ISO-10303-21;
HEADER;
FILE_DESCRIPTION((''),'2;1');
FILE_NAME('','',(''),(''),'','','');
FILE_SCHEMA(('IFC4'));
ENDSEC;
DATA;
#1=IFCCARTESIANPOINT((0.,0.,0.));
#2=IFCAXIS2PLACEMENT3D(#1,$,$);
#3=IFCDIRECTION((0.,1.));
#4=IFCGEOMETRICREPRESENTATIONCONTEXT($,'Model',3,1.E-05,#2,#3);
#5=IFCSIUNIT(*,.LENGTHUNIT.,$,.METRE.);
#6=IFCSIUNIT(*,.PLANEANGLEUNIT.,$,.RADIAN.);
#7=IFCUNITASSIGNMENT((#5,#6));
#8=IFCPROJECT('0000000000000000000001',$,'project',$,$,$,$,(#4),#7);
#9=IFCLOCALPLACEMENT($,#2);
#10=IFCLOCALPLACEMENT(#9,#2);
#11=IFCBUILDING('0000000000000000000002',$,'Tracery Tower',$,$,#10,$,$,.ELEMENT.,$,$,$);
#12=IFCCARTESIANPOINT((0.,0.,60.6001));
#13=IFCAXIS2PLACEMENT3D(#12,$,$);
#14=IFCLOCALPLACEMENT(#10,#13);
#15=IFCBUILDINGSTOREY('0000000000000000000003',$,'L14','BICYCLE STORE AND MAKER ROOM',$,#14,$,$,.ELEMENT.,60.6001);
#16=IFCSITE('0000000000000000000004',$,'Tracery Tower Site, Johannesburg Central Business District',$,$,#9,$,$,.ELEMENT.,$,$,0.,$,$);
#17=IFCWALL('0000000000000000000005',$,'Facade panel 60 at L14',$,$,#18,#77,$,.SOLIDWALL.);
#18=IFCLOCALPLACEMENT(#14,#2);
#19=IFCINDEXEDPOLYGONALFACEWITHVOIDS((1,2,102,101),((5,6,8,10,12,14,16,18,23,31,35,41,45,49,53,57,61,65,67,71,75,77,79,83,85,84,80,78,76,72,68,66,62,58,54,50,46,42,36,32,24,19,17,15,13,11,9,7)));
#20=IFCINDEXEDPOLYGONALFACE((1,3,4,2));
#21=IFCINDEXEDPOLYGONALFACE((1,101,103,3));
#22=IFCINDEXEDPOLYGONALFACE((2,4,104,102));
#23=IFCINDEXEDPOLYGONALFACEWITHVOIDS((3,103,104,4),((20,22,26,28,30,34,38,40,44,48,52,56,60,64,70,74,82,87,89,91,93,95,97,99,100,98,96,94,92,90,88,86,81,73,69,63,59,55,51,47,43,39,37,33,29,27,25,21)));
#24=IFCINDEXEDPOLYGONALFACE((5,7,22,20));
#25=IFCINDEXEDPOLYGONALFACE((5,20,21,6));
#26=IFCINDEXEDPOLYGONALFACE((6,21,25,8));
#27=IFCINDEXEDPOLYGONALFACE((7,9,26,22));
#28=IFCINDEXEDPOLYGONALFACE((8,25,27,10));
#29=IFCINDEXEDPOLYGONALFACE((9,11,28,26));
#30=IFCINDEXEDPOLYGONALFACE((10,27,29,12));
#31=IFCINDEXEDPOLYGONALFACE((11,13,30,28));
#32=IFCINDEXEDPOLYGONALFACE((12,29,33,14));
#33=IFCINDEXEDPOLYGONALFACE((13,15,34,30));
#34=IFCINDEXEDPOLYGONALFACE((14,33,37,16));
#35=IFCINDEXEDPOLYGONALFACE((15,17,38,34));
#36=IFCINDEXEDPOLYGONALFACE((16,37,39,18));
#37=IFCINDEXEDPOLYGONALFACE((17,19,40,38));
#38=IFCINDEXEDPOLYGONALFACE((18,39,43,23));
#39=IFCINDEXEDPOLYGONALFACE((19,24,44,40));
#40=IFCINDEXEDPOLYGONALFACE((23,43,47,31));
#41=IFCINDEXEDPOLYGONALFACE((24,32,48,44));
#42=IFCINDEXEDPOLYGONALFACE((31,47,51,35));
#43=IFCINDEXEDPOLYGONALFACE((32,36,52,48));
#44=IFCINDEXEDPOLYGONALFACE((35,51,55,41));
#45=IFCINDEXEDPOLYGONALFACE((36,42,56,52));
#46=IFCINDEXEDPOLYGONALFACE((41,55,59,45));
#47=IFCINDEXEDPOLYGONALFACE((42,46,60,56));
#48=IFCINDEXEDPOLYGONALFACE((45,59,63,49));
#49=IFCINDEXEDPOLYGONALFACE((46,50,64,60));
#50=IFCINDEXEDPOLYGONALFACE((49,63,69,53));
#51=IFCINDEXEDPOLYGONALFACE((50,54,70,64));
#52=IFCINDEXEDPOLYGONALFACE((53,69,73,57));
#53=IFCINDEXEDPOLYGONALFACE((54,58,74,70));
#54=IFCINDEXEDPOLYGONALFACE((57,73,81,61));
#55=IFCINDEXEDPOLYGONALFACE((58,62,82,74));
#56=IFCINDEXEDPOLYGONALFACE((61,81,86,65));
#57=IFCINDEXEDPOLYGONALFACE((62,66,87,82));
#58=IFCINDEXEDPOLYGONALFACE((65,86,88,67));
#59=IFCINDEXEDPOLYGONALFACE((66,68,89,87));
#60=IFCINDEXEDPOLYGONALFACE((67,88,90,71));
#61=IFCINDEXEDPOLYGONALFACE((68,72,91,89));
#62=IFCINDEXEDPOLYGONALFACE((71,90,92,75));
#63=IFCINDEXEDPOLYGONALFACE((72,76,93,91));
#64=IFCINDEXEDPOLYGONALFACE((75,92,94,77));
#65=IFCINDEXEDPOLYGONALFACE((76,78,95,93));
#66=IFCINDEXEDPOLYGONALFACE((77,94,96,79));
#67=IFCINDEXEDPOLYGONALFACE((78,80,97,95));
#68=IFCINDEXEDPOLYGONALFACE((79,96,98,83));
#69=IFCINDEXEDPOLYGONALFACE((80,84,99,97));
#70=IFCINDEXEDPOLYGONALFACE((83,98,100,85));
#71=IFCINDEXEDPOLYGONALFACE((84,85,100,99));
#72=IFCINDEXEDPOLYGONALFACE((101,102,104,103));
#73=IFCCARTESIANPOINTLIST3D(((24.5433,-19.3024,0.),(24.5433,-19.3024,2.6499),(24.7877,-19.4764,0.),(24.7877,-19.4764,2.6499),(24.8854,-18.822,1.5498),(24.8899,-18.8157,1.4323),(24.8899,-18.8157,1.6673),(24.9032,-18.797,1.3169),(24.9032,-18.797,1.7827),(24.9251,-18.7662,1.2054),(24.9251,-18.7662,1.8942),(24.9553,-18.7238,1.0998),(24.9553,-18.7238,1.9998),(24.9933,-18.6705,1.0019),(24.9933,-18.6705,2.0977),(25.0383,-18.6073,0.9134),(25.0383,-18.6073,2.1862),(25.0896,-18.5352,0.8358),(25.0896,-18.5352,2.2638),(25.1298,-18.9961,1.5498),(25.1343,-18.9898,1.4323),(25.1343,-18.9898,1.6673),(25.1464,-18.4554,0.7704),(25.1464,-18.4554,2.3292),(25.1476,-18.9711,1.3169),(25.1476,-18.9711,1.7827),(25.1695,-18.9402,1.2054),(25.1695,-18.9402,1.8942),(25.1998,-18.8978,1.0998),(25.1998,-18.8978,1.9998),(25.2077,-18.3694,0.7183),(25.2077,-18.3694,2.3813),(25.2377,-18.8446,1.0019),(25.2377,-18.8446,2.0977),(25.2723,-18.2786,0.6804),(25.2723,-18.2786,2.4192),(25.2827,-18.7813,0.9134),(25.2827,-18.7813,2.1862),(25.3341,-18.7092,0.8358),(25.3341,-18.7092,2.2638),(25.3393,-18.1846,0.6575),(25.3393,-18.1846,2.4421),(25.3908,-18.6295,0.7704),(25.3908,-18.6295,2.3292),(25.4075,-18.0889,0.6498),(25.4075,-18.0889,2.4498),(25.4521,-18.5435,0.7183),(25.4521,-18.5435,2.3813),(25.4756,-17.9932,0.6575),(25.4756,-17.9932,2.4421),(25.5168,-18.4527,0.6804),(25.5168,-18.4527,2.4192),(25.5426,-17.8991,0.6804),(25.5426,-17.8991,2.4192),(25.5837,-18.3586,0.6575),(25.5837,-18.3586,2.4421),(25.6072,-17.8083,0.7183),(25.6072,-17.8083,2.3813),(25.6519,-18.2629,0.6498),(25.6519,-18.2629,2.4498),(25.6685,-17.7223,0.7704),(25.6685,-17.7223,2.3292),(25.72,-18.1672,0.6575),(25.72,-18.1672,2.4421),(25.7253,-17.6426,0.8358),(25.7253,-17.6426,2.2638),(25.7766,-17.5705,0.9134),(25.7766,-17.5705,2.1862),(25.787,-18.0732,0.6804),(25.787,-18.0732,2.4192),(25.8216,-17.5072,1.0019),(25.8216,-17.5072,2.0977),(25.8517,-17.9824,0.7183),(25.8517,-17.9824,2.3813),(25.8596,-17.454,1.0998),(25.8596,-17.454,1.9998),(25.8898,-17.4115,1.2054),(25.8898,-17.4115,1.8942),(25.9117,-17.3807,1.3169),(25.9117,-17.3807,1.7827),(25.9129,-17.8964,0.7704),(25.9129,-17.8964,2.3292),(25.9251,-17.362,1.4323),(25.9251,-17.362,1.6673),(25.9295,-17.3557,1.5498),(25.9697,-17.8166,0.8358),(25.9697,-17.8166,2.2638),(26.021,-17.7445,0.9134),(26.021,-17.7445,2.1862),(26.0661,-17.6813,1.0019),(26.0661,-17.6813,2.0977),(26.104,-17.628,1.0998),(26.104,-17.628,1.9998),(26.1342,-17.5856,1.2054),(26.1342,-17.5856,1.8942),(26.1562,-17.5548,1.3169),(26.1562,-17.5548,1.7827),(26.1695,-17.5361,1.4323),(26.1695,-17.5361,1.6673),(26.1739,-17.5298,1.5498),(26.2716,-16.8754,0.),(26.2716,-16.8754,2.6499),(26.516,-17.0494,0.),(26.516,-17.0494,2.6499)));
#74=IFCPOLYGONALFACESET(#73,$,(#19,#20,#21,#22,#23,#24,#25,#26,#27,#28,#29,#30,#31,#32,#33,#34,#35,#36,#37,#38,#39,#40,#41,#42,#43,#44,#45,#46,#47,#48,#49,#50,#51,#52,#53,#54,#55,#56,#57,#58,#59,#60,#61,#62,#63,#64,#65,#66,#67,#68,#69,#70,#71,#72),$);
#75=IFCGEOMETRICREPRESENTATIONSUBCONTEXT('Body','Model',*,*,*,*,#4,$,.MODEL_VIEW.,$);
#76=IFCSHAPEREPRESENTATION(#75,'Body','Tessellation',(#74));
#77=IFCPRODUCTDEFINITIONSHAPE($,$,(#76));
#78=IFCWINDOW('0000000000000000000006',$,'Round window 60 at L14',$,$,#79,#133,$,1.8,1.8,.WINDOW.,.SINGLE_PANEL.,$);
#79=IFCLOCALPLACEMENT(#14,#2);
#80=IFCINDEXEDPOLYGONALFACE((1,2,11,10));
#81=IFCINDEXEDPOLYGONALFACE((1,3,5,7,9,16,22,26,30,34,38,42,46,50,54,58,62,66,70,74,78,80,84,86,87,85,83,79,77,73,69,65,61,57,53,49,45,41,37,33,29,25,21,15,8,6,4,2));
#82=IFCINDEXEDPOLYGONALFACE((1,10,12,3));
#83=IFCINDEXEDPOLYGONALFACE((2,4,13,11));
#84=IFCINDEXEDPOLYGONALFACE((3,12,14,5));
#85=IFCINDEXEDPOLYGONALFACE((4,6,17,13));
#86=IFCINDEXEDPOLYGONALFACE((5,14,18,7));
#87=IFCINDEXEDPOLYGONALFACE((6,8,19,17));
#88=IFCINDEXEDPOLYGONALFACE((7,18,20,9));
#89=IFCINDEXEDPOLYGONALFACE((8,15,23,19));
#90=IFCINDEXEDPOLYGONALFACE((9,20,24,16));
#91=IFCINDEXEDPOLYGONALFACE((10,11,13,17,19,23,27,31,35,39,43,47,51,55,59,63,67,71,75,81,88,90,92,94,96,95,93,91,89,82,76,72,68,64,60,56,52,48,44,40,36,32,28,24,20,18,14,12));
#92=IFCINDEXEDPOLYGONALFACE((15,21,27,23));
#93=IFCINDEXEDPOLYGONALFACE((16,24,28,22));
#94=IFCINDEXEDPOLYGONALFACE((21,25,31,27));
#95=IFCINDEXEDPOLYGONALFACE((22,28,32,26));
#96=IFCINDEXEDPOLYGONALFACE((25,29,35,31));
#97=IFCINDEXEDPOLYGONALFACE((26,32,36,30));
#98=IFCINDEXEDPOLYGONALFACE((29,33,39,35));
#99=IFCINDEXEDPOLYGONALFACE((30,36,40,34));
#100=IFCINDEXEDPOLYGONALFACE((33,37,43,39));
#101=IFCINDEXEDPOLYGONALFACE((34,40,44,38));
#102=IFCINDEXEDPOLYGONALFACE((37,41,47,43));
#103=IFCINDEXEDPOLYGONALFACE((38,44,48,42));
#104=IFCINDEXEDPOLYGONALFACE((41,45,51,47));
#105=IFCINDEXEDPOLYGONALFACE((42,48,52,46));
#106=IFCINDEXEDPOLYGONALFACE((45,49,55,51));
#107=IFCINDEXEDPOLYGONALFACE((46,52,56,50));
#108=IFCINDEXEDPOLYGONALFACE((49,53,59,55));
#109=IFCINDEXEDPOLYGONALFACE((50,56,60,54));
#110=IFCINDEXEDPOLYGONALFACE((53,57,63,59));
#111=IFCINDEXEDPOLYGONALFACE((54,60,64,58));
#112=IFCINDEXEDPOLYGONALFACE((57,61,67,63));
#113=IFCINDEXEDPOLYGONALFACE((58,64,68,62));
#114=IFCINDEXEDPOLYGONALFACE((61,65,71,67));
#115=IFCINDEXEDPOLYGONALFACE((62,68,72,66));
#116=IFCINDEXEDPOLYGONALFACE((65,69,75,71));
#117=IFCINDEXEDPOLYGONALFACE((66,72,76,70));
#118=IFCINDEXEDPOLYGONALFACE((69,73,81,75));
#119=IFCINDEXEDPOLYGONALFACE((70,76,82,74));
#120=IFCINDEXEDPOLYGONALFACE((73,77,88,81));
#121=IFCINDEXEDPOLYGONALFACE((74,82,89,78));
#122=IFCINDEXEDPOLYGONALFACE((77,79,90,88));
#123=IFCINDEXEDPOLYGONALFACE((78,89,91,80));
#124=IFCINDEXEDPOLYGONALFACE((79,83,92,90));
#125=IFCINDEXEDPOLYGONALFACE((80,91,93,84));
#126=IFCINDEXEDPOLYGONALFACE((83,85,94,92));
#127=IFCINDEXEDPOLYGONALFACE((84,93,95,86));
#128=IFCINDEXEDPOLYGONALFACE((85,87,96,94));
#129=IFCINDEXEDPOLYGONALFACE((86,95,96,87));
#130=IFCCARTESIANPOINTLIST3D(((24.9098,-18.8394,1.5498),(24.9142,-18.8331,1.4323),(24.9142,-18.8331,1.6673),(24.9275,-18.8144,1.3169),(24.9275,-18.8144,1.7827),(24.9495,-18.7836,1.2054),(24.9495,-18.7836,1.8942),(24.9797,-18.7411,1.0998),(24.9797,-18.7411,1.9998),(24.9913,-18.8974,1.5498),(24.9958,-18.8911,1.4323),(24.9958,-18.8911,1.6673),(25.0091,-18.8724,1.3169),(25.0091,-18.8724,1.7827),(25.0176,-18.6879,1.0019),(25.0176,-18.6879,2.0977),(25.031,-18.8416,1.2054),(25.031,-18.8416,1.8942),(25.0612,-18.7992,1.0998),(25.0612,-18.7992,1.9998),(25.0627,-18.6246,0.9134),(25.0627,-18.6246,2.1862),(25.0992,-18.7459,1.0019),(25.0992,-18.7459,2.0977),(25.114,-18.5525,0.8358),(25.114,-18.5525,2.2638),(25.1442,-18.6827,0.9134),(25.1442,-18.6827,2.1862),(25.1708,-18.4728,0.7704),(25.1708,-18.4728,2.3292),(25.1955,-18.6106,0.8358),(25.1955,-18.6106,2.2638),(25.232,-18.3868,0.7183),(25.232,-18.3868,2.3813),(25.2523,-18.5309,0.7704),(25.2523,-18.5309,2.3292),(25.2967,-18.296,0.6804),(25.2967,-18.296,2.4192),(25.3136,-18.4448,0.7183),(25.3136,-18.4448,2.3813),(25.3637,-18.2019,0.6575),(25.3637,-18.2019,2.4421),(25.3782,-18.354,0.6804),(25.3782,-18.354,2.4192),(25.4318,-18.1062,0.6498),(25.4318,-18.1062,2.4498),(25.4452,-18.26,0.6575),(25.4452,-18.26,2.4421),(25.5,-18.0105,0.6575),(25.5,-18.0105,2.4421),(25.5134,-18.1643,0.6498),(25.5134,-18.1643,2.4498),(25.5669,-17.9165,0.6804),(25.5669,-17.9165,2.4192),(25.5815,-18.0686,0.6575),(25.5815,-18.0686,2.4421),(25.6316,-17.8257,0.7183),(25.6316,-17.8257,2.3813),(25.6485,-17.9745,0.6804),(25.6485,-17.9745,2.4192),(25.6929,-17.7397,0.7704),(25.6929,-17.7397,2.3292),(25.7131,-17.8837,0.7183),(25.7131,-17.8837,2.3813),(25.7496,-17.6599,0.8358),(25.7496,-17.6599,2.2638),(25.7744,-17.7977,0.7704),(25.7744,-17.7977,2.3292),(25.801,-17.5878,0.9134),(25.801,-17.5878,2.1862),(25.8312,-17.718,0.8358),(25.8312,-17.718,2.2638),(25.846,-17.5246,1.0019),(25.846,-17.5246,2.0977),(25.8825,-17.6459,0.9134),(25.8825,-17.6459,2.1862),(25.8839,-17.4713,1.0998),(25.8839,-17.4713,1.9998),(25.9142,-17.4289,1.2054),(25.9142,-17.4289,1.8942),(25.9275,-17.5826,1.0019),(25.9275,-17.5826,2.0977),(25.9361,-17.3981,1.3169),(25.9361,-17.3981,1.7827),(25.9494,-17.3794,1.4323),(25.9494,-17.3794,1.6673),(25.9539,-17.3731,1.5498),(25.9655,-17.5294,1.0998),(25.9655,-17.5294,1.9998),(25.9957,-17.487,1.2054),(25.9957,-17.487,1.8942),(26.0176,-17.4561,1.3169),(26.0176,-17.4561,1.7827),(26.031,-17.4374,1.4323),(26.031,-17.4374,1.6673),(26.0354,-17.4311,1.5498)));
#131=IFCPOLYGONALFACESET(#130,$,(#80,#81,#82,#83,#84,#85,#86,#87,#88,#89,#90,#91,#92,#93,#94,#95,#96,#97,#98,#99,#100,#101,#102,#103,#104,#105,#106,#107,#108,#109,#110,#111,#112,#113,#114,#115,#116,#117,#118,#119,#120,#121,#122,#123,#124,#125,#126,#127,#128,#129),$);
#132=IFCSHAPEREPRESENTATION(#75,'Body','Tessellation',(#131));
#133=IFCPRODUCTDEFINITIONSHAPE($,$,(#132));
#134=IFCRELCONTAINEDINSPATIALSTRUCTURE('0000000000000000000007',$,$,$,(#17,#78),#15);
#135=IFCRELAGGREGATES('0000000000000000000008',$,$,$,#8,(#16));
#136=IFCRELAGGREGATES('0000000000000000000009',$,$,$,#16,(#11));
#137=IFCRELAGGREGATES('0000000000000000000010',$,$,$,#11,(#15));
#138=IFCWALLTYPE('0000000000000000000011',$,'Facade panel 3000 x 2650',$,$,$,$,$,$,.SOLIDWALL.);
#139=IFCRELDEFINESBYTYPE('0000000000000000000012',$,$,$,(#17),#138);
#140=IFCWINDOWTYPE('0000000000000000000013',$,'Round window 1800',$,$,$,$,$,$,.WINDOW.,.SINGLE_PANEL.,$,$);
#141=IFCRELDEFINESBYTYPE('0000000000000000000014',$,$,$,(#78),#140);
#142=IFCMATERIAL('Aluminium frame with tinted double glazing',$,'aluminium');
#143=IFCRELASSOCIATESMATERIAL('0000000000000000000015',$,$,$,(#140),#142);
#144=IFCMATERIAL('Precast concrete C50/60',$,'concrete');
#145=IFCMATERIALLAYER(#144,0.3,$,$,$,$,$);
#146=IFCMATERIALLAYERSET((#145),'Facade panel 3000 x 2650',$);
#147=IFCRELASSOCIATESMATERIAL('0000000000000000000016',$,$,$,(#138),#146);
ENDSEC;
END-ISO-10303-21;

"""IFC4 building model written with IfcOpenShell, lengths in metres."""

from ifc_helpers import new_model, si_unit, direction, frame, frame_2d, origin, origin_2d, place, context, subcontext, project, spatial, rectangle, circle, extrude, material, layer, layer_set, type_object, element, fill, save


model = new_model("IFC4")

# Units and contexts
model_context = context("Model", 3, precision=1e-05, world=origin(), true_north=direction((0.0, 1.0)))
body_context = subcontext(model_context, "Body", "Model", "MODEL_VIEW")
ifc_project = project(units=[si_unit("LENGTHUNIT", "METRE"), si_unit("PLANEANGLEUNIT", "RADIAN")], contexts=[model_context])

# Site, building, storey
site_placement = place(None, origin())
site = spatial("IfcSite", under=ifc_project, at=site_placement, Name="Tracery Tower Site, Johannesburg Central Business District", CompositionType="ELEMENT", RefElevation=0.0)
building_placement = place(site_placement, origin())
building = spatial("IfcBuilding", under=site, at=building_placement, Name="Tracery Tower", CompositionType="ELEMENT")
storey_placement = place(building_placement, frame((0.0, 0.0, 60.6001)))
storey = spatial("IfcBuildingStorey", under=building, at=storey_placement, Name="L14", Description="BICYCLE STORE AND MAKER ROOM", CompositionType="ELEMENT", Elevation=60.6001)

# Wall, opening, window
ifc_material_1 = material(Name="Aluminium frame with tinted double glazing", Category="aluminium")
window_type = type_object("IfcWindowType", Name="Round window 1800", PartitioningType="SINGLE_PANEL", PredefinedType="WINDOW", material=ifc_material_1)
ifc_material_2 = material(Name="Precast concrete C50/60", Category="concrete")
ifc_layer_1 = layer(ifc_material_2, 0.3)
ifc_layer_set_1 = layer_set([ifc_layer_1], Name="Facade panel 3000 x 2650")
wall_type_1 = type_object("IfcWallType", Name="Facade panel 3000 x 2650", PredefinedType="SOLIDWALL", material=ifc_layer_set_1)
wall_1_placement = place(storey_placement, frame((24.6655, -19.3894, 0.0), z_axis=(0.0, 0.0, 1.0), x_axis=(0.580059, 0.814574, 0.0)))
wall_1 = element("IfcWall", 1, at=wall_1_placement, inside=storey, type_object=wall_type_1, Name="Facade panel 60 at L14", PredefinedType="SOLIDWALL", context=body_context, shape_type="SweptSolid", body=[
    extrude(rectangle(XDim=2.9795, YDim=0.3, at=frame_2d((1.4897, 0.0))), origin(), (0.0, 0.0, 1.0), 2.6499),
])
opening_1_placement = place(wall_1_placement, frame((1.4897, 0.0, 1.5498)))
opening_1 = element("IfcOpeningElement", 2, at=opening_1_placement, cuts=wall_1, PredefinedType="OPENING", context=body_context, shape_type="SweptSolid", body=[
    extrude(circle(Radius=0.9, at=origin_2d()), frame((0.0, 0.1599, 0.0), z_axis=(0.0, -1.0, 0.0), x_axis=(1.0, 0.0, 0.0)), (0.0, 0.0, 1.0), 0.3201),
])
window_1_placement = place(opening_1_placement, origin())
window_1 = element("IfcWindow", 3, at=window_1_placement, inside=storey, type_object=window_type, Name="Round window 60 at L14", OverallHeight=1.8, OverallWidth=1.8, PartitioningType="SINGLE_PANEL", PredefinedType="WINDOW", context=body_context, shape_type="SweptSolid", body=[
    extrude(circle(Radius=0.9, at=origin_2d()), frame((0.0, 0.1201, 0.0), z_axis=(0.0, -1.0, 0.0), x_axis=(1.0, 0.0, 0.0)), (0.0, 0.0, 1.0), 0.1001),
])
fill(opening_1, window_1)

save(model, "model.ifc")
